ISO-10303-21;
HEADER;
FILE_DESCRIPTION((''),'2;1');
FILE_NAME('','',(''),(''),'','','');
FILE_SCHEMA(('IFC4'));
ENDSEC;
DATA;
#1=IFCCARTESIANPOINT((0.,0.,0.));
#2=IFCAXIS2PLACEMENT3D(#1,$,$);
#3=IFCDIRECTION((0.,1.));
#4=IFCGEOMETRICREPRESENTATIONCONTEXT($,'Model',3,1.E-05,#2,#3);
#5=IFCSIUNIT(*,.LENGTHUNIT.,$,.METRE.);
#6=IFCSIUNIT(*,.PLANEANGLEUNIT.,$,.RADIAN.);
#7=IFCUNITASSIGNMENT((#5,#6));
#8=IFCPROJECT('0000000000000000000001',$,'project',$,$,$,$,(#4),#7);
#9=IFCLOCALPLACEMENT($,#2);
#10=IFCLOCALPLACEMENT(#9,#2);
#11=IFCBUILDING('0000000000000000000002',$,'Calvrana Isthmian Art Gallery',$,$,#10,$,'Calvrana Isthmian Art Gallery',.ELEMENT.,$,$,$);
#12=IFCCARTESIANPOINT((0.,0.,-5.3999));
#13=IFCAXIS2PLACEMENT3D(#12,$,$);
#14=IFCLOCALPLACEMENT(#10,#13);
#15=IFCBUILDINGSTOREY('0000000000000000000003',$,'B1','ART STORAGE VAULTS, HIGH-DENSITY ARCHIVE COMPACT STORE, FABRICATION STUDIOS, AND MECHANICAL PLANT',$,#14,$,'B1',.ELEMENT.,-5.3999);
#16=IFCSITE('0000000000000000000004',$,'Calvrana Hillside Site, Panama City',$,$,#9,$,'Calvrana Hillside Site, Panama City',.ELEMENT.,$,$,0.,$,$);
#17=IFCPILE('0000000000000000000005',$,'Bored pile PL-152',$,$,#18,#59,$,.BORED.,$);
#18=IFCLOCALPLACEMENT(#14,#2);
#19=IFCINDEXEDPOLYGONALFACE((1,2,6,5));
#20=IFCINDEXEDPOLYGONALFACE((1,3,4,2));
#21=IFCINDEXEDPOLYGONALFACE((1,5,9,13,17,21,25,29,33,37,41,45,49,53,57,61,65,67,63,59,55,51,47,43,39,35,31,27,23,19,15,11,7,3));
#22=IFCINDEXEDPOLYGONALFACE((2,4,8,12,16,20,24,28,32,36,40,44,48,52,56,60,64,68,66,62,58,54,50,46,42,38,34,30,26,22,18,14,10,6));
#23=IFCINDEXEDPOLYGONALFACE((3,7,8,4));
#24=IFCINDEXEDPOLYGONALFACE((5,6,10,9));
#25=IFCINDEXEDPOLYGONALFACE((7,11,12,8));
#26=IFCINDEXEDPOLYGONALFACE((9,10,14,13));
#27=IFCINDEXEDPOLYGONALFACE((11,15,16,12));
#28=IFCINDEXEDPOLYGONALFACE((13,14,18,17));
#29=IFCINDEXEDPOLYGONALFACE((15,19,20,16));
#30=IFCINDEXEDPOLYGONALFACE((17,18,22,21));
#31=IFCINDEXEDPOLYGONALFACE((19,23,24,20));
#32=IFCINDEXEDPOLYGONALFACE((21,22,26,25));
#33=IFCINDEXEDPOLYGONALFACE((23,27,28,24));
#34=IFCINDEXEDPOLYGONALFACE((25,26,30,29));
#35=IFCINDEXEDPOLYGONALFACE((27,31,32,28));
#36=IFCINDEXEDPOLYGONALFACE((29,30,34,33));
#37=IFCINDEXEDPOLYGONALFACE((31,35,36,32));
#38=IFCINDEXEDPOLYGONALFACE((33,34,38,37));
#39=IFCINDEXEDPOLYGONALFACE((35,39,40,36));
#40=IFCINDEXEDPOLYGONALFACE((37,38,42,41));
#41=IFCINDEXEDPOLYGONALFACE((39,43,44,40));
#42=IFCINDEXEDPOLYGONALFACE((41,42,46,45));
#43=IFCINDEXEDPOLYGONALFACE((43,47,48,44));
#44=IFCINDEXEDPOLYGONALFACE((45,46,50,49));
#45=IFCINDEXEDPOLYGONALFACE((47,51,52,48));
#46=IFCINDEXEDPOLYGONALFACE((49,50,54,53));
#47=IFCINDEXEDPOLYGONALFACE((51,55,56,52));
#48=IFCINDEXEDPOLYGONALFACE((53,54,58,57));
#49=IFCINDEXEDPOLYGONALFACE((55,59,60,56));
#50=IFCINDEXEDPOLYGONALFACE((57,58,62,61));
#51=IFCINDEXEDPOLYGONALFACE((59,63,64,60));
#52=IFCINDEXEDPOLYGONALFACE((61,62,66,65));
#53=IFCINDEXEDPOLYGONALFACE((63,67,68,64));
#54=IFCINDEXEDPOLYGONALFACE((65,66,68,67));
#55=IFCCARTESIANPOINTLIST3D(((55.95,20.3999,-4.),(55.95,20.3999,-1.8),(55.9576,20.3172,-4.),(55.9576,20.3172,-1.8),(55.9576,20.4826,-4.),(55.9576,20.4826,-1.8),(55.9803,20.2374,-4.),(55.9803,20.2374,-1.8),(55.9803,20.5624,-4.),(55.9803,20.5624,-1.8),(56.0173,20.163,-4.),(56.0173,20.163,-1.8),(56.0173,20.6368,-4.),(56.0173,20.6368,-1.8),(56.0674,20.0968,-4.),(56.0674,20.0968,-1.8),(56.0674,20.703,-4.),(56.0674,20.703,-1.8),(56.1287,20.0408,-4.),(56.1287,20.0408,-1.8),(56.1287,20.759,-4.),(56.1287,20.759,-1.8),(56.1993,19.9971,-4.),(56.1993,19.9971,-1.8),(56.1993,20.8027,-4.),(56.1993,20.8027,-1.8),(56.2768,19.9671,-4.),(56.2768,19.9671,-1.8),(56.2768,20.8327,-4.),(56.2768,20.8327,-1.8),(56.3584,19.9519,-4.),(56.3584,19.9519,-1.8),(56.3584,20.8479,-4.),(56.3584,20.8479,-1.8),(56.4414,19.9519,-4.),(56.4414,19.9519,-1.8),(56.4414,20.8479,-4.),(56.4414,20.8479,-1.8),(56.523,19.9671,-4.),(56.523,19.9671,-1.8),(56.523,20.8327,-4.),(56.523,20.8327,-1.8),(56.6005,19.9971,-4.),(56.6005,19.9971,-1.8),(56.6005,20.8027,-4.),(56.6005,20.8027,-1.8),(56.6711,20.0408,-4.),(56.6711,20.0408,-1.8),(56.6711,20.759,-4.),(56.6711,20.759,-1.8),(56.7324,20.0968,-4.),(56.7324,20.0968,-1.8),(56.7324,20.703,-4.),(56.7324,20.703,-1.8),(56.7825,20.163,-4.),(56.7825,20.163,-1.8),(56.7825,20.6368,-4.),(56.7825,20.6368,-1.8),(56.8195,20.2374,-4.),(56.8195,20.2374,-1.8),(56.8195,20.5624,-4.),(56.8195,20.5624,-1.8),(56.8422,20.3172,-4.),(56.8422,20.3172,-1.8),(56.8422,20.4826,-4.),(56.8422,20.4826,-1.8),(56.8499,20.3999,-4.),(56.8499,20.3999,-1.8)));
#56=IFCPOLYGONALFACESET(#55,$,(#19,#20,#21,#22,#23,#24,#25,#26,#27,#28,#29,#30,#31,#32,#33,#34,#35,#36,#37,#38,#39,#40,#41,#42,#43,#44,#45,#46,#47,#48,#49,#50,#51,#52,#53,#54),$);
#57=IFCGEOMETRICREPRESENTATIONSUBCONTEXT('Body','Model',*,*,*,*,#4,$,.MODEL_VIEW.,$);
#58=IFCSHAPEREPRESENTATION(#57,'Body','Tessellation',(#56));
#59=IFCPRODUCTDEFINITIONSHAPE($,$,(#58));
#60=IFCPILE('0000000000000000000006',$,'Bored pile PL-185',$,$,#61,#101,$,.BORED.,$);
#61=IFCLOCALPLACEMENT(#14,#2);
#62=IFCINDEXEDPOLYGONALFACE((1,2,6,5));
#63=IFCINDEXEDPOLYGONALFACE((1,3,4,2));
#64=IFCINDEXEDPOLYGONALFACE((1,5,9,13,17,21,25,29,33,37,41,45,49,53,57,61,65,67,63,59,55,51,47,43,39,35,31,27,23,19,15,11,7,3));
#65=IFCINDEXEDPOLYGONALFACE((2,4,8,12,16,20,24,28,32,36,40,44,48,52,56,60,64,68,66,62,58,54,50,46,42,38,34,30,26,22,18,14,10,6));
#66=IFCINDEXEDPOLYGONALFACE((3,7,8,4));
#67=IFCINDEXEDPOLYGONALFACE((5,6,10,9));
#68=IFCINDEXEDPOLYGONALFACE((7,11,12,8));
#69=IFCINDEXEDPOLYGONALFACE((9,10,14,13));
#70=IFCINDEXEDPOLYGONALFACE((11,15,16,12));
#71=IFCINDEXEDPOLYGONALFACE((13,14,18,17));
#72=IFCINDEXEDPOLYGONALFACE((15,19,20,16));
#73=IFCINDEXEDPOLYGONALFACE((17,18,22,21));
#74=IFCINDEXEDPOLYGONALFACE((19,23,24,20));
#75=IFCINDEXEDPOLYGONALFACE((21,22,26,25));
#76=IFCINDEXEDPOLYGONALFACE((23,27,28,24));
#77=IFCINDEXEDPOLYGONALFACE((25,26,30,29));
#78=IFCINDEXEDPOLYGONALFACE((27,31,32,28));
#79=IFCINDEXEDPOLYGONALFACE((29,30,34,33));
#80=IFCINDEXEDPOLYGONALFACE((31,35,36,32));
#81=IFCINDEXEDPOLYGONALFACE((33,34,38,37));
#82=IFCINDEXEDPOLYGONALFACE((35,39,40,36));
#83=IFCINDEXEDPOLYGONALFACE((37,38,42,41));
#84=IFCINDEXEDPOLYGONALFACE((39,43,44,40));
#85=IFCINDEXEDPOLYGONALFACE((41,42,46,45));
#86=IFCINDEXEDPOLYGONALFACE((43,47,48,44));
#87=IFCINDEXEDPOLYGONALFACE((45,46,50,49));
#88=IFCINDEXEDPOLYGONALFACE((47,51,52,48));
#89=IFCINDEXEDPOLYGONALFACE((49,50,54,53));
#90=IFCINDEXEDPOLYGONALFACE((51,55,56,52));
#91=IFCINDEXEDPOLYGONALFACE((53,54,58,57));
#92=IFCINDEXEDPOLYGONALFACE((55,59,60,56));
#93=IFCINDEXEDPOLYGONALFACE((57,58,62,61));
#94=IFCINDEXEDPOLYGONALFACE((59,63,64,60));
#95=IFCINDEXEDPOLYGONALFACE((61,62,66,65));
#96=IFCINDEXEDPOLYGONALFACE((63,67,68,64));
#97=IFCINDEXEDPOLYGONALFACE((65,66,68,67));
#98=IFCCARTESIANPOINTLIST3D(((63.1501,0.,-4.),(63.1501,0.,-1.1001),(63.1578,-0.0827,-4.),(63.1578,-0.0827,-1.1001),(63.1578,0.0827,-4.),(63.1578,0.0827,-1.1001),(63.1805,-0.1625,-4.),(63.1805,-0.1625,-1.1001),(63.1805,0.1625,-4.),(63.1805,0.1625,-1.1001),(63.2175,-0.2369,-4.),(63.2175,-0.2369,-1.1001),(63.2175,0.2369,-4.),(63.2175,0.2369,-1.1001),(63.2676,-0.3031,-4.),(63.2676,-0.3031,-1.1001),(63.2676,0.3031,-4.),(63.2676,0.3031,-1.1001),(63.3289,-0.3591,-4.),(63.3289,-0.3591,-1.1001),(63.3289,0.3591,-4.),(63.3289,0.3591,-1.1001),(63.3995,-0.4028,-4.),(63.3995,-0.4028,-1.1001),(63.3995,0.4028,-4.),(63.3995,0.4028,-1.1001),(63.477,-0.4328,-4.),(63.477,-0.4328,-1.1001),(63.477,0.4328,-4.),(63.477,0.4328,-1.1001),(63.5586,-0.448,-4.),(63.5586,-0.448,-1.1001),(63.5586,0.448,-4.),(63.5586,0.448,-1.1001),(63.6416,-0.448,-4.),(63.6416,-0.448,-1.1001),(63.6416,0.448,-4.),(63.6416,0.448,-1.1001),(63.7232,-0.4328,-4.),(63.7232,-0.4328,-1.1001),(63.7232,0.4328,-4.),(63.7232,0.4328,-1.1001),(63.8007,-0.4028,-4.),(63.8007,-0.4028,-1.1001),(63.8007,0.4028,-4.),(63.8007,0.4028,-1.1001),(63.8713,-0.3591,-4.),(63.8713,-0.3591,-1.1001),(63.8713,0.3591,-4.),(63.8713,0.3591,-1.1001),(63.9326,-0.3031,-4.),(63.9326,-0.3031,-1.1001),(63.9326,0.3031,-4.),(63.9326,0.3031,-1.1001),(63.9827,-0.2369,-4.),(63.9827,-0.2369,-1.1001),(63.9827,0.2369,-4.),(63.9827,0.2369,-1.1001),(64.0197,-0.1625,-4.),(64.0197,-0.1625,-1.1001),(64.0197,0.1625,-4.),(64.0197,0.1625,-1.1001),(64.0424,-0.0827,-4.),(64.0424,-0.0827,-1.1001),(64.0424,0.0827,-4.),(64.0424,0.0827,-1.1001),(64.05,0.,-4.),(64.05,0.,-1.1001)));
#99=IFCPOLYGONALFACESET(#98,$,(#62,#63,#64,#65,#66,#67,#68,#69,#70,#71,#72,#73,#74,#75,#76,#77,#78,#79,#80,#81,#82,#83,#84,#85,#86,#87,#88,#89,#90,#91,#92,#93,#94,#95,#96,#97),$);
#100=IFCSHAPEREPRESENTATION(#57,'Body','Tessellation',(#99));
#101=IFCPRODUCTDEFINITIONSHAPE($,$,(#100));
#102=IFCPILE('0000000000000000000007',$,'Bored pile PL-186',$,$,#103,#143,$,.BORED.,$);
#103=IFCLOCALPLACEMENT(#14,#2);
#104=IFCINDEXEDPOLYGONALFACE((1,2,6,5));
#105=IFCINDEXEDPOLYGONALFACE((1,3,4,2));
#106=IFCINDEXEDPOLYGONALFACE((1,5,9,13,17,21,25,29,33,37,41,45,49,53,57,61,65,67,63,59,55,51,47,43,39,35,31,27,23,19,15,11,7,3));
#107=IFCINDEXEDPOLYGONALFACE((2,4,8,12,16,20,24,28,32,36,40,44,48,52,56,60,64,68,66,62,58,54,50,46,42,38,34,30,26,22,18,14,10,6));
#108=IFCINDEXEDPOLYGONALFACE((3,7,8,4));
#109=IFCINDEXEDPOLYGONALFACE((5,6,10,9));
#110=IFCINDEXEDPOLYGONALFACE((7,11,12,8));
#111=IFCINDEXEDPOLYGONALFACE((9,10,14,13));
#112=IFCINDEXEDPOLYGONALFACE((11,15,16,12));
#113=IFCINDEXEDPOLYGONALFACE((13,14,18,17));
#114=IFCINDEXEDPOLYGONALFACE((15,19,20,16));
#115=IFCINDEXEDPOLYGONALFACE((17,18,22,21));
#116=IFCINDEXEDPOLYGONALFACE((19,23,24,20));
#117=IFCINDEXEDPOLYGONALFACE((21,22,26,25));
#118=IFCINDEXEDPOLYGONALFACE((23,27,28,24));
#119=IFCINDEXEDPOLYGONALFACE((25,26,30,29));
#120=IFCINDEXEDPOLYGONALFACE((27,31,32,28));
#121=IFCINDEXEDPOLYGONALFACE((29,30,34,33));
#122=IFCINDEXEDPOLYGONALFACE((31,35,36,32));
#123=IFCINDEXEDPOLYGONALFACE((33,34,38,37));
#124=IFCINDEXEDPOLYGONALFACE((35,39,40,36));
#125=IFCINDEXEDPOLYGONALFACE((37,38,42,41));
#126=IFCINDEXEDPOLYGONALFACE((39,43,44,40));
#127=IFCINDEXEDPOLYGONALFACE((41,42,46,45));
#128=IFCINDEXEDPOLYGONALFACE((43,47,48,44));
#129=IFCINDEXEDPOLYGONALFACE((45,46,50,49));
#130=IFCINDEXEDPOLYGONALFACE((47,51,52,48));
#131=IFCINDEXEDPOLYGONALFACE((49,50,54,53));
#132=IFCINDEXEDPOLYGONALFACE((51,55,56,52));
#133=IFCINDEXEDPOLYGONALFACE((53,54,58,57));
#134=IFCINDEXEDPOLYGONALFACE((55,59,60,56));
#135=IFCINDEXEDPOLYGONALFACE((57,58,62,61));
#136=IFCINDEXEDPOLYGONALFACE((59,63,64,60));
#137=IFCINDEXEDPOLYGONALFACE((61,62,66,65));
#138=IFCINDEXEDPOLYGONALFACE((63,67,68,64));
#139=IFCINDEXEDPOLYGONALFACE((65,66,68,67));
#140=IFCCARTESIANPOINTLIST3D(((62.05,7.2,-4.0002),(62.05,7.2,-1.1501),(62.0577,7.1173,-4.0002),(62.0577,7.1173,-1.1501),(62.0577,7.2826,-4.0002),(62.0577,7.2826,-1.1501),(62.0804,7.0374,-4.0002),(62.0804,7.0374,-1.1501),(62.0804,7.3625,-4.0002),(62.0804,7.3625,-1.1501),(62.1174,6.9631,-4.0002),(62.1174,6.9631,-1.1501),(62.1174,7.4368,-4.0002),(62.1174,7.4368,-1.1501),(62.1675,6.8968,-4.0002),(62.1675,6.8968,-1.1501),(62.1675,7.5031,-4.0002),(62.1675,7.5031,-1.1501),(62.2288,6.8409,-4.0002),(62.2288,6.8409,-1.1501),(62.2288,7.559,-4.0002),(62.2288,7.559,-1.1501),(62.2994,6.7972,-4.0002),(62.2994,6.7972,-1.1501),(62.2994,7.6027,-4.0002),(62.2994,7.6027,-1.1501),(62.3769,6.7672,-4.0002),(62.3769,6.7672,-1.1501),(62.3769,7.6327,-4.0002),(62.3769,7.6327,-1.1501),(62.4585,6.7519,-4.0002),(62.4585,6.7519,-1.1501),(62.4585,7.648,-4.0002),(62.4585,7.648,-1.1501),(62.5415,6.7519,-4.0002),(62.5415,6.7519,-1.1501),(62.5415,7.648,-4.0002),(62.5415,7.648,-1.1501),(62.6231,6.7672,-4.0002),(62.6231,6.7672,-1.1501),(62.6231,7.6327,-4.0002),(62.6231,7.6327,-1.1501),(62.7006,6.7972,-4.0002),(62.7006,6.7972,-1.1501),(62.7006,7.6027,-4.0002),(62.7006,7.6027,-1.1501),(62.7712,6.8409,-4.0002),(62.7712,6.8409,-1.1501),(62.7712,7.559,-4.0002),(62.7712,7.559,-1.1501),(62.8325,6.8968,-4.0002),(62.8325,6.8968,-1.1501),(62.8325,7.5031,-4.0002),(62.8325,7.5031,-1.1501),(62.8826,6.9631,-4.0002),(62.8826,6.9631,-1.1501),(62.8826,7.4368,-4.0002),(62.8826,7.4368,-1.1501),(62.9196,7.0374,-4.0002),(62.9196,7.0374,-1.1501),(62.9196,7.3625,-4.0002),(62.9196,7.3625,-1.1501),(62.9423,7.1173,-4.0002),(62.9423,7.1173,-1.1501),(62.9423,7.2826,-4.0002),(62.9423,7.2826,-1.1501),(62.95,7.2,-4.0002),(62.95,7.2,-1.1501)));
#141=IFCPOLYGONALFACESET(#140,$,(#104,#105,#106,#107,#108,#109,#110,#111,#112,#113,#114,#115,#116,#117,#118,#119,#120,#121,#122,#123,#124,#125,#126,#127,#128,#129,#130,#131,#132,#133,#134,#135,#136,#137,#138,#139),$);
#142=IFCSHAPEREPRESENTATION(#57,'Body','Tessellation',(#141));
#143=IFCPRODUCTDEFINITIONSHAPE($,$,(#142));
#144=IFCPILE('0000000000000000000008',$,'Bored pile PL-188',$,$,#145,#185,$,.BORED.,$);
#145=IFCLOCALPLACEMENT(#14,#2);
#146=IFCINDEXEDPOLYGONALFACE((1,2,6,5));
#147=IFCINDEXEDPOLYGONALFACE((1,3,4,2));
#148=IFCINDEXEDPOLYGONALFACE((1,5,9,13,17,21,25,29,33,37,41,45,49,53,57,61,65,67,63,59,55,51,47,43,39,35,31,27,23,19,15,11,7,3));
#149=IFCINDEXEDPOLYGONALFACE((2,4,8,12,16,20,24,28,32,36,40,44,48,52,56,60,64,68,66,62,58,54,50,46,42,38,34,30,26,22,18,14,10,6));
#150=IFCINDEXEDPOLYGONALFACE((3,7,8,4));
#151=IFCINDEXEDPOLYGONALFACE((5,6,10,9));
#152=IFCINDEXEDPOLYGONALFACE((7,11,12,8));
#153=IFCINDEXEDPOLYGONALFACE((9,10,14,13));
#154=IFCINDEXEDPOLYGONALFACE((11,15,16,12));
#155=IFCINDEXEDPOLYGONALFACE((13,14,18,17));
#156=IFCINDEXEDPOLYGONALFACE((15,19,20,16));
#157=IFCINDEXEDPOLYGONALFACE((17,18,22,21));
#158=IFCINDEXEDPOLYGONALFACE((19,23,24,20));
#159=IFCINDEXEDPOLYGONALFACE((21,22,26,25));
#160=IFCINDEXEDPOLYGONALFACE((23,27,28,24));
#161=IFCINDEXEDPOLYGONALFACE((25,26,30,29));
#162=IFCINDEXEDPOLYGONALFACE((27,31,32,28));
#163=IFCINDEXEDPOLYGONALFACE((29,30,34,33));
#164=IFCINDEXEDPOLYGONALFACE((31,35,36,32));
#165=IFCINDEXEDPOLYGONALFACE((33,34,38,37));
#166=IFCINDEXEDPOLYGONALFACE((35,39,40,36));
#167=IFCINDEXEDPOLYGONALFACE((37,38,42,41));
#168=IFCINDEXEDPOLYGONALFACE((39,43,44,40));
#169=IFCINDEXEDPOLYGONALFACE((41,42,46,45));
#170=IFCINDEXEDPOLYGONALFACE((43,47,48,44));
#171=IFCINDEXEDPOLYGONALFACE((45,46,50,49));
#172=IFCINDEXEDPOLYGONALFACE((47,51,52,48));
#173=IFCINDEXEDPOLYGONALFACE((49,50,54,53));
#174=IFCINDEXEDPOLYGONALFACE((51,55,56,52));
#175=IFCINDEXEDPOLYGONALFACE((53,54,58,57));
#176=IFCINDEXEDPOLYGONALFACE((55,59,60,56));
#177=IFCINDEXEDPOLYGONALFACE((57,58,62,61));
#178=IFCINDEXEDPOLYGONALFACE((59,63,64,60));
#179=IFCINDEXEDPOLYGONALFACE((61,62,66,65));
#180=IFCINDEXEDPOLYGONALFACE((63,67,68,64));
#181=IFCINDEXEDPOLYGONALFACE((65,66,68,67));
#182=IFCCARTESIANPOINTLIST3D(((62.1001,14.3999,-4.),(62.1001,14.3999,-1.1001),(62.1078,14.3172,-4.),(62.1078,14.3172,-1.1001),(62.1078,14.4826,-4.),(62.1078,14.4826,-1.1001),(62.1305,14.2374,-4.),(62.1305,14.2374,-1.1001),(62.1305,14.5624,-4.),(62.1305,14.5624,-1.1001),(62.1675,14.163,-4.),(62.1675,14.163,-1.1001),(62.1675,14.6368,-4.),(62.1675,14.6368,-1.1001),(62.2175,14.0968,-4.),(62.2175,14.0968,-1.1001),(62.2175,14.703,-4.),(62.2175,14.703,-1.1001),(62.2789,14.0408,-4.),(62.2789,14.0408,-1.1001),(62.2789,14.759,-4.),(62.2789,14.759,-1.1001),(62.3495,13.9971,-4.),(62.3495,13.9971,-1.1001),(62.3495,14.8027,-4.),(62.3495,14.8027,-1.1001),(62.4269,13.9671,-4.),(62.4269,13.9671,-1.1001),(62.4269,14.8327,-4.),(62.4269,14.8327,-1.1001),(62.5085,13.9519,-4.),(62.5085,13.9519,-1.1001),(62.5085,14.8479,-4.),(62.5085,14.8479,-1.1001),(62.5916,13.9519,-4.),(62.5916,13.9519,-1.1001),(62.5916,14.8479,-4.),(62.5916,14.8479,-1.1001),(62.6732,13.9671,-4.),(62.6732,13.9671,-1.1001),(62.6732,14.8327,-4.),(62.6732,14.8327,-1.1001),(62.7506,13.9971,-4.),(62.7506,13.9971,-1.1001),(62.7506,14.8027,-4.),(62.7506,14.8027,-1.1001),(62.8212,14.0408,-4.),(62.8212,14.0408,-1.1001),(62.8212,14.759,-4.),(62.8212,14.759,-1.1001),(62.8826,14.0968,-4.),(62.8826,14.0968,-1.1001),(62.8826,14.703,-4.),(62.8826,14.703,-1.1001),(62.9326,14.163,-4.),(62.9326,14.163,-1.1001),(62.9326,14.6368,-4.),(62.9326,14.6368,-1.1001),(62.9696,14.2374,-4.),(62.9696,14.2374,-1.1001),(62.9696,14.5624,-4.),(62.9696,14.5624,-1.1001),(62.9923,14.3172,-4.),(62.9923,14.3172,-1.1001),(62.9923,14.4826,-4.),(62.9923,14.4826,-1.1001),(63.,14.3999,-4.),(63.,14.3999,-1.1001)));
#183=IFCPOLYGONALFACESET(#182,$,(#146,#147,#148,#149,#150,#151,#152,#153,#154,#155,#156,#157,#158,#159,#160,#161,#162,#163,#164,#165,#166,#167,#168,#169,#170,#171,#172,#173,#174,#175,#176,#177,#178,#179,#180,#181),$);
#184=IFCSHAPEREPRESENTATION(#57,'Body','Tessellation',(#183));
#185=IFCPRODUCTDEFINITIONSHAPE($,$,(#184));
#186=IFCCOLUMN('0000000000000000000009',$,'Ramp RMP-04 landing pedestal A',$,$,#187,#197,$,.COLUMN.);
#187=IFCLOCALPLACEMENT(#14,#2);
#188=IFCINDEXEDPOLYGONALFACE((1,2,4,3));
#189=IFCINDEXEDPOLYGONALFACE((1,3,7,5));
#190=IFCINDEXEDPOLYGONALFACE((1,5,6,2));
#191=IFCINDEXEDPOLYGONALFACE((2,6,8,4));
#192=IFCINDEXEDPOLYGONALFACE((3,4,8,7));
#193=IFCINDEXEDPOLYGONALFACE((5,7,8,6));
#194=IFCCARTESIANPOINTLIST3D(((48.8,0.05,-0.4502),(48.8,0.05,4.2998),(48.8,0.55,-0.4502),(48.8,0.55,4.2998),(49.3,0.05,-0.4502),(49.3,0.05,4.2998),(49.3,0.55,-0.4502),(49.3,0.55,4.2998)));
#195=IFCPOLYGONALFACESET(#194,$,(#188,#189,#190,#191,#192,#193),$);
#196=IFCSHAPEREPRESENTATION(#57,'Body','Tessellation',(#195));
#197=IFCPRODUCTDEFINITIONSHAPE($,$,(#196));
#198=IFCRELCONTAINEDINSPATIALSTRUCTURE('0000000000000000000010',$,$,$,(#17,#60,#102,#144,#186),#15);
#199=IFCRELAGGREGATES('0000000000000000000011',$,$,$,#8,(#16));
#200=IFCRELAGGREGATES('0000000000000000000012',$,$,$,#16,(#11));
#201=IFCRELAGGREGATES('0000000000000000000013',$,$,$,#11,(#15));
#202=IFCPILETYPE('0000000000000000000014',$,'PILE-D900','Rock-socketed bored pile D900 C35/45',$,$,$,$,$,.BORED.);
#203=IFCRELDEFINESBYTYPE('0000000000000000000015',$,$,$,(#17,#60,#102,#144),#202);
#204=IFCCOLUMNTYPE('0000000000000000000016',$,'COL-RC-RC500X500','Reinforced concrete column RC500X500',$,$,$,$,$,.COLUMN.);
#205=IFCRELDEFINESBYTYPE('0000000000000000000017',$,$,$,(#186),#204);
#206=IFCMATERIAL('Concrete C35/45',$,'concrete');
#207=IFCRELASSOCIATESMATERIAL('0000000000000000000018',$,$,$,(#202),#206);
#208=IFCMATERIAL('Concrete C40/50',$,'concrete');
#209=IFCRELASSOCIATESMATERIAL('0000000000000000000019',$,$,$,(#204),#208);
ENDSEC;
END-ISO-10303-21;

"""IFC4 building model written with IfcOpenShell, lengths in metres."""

from ifc_helpers import new_model, si_unit, direction, frame, origin, origin_2d, place, context, subcontext, project, spatial, rectangle, circle, extrude, material, material_profile, profile_set, type_object, element, save


model = new_model("IFC4")

# Units and contexts
model_context = context("Model", 3, precision=1e-05, world=origin(), true_north=direction((0.0, 1.0)))
body_context = subcontext(model_context, "Body", "Model", "MODEL_VIEW")
ifc_project = project(units=[si_unit("LENGTHUNIT", "METRE"), si_unit("PLANEANGLEUNIT", "RADIAN")], contexts=[model_context])

# Site, building, storey
site_placement = place(None, origin())
site = spatial("IfcSite", under=ifc_project, at=site_placement, Name="Calvrana Hillside Site, Panama City", LongName="Calvrana Hillside Site, Panama City", CompositionType="ELEMENT", RefElevation=0.0)
building_placement = place(site_placement, origin())
building = spatial("IfcBuilding", under=site, at=building_placement, Name="Calvrana Isthmian Art Gallery", LongName="Calvrana Isthmian Art Gallery", CompositionType="ELEMENT")
storey_placement = place(building_placement, frame((0.0, 0.0, -5.3999)))
storey = spatial("IfcBuildingStorey", under=building, at=storey_placement, Name="B1", Description="ART STORAGE VAULTS, HIGH-DENSITY ARCHIVE COMPACT STORE, FABRICATION STUDIOS, AND MECHANICAL PLANT", LongName="B1", CompositionType="ELEMENT", Elevation=-5.3999)

# Shared definitions
ifc_material_1 = material(Name="Concrete C35/45", Category="concrete")

# Piles
ifc_material_profile_1 = material_profile(ifc_material_1, circle(Radius=0.45, at=origin_2d()), Name="PILE900D")
ifc_profile_set_1 = profile_set([ifc_material_profile_1], Name="Concrete C35/45")
pile_type_1 = type_object("IfcPileType", Name="PILE-D900", Description="Rock-socketed bored pile D900 C35/45", PredefinedType="BORED", material=ifc_profile_set_1)
for number, where, z_axis, x_axis, name in (
    (1, (56.3999, 20.3999, -1.8), (0.0, 0.0, -1.0), (1.0, 0.0, 0.0), "Bored pile PL-152"),
):
    element("IfcPile", number, at=place(storey_placement, frame(where, z_axis=z_axis, x_axis=x_axis)), inside=storey, type_object=pile_type_1, Name=name, PredefinedType="BORED", context=body_context, shape_type="SweptSolid", body=[
        extrude(circle(Radius=0.45, at=origin_2d()), origin(), (0.0, 0.0, 1.0), 2.2),
    ])
pile_1_placement = place(storey_placement, frame((63.6001, 0.0, -1.1001), z_axis=(0.0, 0.0, -1.0), x_axis=(1.0, 0.0, 0.0)))
element("IfcPile", 2, at=pile_1_placement, inside=storey, type_object=pile_type_1, Name="Bored pile PL-185", PredefinedType="BORED", context=body_context, shape_type="SweptSolid", body=[
    extrude(circle(Radius=0.45, at=origin_2d()), origin(), (0.0, 0.0, 1.0), 2.8999),
])
pile_2_placement = place(storey_placement, frame((62.5, 7.2, -1.1501), z_axis=(0.0, 0.0, -1.0), x_axis=(1.0, 0.0, 0.0)))
element("IfcPile", 3, at=pile_2_placement, inside=storey, type_object=pile_type_1, Name="Bored pile PL-186", PredefinedType="BORED", context=body_context, shape_type="SweptSolid", body=[
    extrude(circle(Radius=0.45, at=origin_2d()), origin(), (0.0, 0.0, 1.0), 2.8501),
])
pile_3_placement = place(storey_placement, frame((62.55, 14.3999, -1.1001), z_axis=(0.0, 0.0, -1.0), x_axis=(1.0, 0.0, 0.0)))
element("IfcPile", 4, at=pile_3_placement, inside=storey, type_object=pile_type_1, Name="Bored pile PL-188", PredefinedType="BORED", context=body_context, shape_type="SweptSolid", body=[
    extrude(circle(Radius=0.45, at=origin_2d()), origin(), (0.0, 0.0, 1.0), 2.8999),
])

# Column
ifc_material_2 = material(Name="Concrete C40/50", Category="concrete")
ifc_material_profile_2 = material_profile(ifc_material_2, rectangle(XDim=0.5, YDim=0.5, at=origin_2d()), Name="RC500X500")
ifc_profile_set_2 = profile_set([ifc_material_profile_2], Name="Concrete C40/50")
column_type = type_object("IfcColumnType", Name="COL-RC-RC500X500", Description="Reinforced concrete column RC500X500", PredefinedType="COLUMN", material=ifc_profile_set_2)
for number, where, z_axis, x_axis, name in (
    (5, (49.05, 0.3, -0.4502), (0.0, 0.0, 1.0), (1.0, 0.0, 0.0), "Ramp RMP-04 landing pedestal A"),
):
    element("IfcColumn", number, at=place(storey_placement, frame(where, z_axis=z_axis, x_axis=x_axis)), inside=storey, type_object=column_type, Name=name, PredefinedType="COLUMN", context=body_context, shape_type="SweptSolid", body=[
        extrude(rectangle(XDim=0.5, YDim=0.5, at=origin_2d()), origin(), (0.0, 0.0, 1.0), 4.75),
    ])

save(model, "model.ifc")
